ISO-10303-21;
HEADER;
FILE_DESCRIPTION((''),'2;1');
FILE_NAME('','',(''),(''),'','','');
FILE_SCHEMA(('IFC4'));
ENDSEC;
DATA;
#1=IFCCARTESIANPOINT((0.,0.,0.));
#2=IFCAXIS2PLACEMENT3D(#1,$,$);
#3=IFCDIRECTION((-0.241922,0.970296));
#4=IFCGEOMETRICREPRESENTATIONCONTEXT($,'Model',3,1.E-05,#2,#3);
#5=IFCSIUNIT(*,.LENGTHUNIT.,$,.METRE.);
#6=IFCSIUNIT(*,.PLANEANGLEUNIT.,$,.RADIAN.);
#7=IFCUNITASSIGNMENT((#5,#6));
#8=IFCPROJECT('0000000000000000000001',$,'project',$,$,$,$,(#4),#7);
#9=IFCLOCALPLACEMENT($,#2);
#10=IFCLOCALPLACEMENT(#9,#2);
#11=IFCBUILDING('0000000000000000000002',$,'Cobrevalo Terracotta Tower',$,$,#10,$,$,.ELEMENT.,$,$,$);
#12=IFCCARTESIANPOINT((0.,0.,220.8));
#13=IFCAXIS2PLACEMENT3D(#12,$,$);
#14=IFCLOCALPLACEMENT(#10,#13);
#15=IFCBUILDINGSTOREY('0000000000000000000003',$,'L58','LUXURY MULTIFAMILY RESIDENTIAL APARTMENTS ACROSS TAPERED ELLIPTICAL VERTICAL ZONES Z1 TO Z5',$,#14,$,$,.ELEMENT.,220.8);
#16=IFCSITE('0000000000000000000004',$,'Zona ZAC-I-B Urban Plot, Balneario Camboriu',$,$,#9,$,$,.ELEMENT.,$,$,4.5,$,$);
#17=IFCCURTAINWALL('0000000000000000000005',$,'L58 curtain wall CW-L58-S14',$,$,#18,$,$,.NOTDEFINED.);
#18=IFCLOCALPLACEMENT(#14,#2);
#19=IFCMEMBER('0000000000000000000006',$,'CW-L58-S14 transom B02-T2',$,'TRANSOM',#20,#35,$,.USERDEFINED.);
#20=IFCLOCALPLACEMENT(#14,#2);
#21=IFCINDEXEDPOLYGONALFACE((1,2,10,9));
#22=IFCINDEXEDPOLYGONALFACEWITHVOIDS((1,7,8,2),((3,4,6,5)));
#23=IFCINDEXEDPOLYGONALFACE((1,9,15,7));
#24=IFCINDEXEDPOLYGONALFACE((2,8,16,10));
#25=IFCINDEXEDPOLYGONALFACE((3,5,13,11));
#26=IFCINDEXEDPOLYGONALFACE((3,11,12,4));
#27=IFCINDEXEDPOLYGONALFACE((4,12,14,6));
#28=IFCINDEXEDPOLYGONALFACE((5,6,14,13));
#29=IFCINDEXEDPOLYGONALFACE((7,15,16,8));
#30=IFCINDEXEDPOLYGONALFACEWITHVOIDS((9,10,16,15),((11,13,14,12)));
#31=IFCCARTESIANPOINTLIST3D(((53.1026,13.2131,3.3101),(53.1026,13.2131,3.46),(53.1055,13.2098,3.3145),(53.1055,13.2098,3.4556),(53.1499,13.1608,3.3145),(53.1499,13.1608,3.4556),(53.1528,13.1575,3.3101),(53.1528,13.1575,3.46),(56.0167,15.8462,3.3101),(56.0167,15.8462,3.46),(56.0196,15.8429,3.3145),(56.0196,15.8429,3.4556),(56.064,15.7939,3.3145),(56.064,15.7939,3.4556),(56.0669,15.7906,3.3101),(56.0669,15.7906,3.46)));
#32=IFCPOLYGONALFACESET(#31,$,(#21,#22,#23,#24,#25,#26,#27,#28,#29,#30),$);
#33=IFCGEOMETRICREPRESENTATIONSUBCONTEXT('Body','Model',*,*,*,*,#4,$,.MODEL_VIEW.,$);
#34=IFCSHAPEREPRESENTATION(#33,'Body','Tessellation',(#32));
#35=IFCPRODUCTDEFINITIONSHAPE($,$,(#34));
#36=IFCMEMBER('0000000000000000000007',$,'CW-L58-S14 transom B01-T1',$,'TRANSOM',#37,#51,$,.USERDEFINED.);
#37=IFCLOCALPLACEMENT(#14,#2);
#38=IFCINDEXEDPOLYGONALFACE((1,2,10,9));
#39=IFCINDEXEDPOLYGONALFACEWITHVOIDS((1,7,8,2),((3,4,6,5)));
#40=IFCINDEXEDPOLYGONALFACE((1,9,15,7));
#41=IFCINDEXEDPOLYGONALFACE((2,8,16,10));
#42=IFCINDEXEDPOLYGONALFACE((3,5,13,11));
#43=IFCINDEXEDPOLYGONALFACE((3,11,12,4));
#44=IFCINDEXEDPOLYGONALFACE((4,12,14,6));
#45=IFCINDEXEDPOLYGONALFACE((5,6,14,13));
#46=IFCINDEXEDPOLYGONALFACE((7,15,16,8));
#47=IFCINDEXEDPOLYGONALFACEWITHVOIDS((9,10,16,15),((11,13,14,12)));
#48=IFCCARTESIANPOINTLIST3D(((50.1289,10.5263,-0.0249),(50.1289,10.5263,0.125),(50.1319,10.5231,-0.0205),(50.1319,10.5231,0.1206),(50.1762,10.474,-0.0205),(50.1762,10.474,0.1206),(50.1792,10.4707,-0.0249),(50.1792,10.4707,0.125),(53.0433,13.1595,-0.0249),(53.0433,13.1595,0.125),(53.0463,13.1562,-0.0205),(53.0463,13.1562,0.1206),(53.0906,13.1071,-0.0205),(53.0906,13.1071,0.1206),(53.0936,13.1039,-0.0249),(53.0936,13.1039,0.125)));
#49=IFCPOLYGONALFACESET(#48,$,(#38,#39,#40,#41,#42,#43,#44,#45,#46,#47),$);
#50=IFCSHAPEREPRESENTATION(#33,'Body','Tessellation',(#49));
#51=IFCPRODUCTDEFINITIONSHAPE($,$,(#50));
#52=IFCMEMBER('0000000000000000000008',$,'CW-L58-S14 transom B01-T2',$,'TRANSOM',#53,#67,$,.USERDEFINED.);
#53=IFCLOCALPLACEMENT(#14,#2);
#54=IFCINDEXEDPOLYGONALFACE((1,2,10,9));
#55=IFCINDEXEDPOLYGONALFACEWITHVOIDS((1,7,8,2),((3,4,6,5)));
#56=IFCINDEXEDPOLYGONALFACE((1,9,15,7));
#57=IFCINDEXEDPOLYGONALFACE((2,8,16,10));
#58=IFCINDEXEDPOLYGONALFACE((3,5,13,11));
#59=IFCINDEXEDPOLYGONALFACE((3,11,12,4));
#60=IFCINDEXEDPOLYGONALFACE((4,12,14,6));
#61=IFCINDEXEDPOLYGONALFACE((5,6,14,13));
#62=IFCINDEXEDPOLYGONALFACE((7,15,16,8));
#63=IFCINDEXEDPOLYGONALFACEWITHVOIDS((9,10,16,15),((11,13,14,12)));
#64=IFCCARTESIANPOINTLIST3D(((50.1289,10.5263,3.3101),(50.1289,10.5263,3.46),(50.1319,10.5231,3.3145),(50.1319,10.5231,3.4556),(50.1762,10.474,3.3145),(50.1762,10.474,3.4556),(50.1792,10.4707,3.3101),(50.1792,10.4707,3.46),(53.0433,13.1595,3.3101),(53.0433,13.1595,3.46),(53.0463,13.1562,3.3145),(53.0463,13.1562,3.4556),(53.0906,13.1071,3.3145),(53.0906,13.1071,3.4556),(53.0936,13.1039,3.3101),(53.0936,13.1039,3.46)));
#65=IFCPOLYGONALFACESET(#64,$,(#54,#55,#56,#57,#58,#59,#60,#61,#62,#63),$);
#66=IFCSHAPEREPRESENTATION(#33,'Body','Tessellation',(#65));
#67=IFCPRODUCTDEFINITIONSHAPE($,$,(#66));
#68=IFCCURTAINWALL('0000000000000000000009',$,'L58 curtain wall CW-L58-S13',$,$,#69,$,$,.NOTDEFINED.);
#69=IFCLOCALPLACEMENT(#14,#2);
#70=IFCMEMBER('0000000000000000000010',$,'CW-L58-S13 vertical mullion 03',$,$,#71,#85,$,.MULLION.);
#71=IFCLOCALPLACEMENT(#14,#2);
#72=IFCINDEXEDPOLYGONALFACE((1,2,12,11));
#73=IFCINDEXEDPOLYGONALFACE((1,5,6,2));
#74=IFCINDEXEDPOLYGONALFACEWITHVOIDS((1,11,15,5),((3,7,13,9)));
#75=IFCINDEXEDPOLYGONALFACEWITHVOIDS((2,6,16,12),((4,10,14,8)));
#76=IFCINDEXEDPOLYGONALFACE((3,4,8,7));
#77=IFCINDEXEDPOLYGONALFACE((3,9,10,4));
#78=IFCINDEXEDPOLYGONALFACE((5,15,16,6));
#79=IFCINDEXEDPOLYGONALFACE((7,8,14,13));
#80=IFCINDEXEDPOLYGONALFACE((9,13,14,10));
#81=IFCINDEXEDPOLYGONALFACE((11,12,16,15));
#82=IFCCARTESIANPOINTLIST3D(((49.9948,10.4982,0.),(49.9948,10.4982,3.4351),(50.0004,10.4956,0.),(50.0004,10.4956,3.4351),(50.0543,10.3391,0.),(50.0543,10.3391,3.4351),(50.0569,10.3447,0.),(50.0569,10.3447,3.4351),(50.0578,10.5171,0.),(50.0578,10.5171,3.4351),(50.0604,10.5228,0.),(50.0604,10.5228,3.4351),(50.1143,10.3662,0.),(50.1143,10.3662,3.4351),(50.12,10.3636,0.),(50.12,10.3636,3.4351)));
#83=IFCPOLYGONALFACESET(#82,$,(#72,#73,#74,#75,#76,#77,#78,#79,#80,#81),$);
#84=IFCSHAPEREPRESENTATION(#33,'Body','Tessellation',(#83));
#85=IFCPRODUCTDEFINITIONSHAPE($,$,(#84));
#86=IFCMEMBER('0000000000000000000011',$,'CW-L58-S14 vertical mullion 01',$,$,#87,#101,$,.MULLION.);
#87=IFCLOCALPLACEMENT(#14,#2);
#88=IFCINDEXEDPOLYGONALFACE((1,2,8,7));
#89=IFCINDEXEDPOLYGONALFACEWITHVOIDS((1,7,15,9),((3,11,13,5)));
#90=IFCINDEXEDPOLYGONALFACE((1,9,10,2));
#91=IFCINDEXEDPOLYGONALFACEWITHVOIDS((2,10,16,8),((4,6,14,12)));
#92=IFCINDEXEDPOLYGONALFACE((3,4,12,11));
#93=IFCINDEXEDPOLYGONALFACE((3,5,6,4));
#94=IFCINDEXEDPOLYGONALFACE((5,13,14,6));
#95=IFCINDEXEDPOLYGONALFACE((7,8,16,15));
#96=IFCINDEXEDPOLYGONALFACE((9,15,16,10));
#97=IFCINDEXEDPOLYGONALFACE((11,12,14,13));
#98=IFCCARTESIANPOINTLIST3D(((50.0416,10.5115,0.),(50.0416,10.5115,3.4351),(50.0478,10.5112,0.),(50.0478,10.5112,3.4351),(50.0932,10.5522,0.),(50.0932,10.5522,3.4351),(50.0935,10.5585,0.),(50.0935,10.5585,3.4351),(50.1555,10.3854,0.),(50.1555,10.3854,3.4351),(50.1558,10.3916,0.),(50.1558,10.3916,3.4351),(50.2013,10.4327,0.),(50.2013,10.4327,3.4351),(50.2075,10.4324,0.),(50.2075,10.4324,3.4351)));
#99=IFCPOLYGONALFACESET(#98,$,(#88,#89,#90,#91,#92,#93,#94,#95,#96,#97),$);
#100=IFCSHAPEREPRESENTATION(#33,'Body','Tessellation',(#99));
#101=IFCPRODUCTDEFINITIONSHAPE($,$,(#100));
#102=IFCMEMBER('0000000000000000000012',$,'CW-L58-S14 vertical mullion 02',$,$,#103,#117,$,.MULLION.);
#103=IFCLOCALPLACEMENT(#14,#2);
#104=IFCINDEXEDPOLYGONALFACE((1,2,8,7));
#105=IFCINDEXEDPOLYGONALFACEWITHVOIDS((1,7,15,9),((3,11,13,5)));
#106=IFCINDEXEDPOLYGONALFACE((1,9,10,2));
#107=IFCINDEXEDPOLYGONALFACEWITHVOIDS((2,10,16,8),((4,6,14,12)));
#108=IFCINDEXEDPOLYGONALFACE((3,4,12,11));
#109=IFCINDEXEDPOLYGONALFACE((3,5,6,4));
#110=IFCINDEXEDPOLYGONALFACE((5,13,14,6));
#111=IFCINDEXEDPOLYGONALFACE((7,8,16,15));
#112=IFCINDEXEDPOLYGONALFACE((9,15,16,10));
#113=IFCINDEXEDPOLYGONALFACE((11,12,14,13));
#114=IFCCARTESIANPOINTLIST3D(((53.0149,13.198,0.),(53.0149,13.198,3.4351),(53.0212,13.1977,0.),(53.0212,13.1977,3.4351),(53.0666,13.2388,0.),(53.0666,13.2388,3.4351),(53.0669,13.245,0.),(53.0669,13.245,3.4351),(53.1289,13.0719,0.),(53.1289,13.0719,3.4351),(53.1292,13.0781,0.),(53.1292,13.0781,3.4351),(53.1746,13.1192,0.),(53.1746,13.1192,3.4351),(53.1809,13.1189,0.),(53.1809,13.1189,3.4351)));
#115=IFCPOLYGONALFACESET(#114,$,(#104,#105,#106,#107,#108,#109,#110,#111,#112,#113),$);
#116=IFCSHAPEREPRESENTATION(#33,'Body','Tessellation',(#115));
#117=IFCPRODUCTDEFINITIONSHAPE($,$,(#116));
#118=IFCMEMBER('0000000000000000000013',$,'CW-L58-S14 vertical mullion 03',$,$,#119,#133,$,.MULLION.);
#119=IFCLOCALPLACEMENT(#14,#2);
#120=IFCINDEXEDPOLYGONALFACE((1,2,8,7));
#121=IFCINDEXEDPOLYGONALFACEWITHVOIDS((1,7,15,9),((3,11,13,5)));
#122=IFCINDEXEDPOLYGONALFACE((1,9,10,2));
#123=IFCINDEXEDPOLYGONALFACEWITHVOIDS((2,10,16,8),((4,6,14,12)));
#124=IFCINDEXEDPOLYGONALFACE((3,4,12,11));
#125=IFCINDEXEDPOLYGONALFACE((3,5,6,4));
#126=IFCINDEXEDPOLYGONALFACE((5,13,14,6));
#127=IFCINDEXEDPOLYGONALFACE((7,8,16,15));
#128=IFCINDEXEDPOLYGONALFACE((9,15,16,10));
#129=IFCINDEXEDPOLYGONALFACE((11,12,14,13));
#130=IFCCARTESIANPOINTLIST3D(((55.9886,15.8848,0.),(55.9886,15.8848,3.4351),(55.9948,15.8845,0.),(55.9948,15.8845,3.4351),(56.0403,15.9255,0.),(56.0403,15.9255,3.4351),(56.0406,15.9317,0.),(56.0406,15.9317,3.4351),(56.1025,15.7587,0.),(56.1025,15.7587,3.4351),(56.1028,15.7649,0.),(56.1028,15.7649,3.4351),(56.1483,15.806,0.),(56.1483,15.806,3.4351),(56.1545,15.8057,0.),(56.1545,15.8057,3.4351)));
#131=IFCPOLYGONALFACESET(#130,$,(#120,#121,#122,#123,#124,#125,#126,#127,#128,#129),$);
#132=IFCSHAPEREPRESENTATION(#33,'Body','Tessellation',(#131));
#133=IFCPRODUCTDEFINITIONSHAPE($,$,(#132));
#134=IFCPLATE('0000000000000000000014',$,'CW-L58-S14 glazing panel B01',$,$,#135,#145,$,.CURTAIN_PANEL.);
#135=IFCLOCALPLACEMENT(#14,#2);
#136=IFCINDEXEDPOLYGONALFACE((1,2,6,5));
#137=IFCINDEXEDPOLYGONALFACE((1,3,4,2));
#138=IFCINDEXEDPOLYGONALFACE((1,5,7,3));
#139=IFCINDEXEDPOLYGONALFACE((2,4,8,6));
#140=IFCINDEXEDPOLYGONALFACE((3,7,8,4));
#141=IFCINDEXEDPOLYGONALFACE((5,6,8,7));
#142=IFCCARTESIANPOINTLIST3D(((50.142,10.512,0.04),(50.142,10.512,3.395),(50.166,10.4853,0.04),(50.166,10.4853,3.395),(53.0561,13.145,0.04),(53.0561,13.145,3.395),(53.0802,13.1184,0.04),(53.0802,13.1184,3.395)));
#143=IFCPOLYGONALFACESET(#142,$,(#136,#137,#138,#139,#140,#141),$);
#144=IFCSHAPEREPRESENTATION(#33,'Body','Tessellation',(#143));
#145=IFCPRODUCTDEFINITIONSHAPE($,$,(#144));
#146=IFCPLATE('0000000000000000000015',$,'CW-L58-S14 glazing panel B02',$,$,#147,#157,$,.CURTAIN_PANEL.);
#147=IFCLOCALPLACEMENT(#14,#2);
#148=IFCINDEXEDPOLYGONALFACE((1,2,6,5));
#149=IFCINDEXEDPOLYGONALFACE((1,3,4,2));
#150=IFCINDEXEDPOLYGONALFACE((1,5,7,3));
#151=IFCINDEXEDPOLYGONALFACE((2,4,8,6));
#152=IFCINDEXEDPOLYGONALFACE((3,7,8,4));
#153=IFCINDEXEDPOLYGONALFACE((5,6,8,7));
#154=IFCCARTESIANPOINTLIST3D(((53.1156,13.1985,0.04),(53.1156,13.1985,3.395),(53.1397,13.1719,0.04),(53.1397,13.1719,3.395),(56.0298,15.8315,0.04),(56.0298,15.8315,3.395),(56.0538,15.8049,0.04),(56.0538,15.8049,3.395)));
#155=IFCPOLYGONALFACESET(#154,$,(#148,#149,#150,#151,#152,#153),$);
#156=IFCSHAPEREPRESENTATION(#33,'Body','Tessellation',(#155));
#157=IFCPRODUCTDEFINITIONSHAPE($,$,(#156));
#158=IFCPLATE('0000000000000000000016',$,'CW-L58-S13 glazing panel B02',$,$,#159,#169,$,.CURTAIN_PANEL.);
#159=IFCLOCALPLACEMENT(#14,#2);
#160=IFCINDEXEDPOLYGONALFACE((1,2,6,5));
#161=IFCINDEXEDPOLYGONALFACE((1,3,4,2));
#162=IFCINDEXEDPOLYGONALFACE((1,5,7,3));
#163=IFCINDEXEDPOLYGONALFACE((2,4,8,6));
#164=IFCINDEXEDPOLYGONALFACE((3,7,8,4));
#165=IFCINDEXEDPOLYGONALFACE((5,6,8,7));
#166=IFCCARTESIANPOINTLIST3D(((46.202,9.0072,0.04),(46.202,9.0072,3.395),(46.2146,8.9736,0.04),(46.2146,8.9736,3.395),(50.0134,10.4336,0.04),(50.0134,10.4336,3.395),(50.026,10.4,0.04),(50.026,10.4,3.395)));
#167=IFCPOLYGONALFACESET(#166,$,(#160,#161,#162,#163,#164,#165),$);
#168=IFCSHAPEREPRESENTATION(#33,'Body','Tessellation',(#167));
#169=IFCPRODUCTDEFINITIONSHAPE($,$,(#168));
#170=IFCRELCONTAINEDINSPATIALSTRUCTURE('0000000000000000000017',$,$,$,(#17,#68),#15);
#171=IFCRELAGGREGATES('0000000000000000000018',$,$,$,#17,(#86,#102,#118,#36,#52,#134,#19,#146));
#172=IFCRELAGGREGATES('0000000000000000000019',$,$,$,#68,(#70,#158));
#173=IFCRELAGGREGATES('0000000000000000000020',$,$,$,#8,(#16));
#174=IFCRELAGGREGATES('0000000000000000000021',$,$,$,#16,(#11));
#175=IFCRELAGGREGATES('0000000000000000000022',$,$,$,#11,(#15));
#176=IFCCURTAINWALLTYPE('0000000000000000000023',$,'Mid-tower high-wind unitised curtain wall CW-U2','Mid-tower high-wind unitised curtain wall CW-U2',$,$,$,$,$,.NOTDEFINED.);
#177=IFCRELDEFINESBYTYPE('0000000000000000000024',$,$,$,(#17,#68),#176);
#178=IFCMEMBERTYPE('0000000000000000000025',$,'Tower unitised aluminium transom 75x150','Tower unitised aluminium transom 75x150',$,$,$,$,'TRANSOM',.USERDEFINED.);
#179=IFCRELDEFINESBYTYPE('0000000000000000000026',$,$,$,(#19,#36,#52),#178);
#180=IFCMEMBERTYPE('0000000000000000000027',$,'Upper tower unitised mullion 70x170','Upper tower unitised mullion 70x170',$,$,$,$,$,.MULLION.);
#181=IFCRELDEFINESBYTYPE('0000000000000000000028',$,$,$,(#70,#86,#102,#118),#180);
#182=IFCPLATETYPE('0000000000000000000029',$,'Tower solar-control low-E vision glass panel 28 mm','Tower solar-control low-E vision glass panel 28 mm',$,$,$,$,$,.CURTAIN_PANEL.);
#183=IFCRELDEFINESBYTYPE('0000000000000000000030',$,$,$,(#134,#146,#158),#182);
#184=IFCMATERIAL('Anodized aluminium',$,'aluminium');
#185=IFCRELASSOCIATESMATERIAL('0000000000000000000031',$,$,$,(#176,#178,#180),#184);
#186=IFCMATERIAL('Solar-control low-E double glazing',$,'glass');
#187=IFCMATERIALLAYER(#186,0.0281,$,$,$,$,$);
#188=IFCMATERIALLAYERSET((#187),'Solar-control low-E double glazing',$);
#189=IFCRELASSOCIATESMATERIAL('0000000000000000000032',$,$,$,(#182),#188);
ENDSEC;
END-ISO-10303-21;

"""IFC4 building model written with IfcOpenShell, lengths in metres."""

from ifc_helpers import new_model, si_unit, direction, frame, origin, origin_2d, place, context, subcontext, project, spatial, rectangle, hollow_rectangle, extrude, source, transform, mapped, material, layer, layer_set, material_profile, profile_set, type_object, element, aggregate, save


model = new_model("IFC4")

# Units and contexts
model_context = context("Model", 3, precision=1e-05, world=origin(), true_north=direction((-0.241922, 0.970296)))
body_context = subcontext(model_context, "Body", "Model", "MODEL_VIEW")
ifc_project = project(units=[si_unit("LENGTHUNIT", "METRE"), si_unit("PLANEANGLEUNIT", "RADIAN")], contexts=[model_context])

# Site, building, storey
site_placement = place(None, origin())
site = spatial("IfcSite", under=ifc_project, at=site_placement, Name="Zona ZAC-I-B Urban Plot, Balneario Camboriu", CompositionType="ELEMENT", RefElevation=4.5)
building_placement = place(site_placement, origin())
building = spatial("IfcBuilding", under=site, at=building_placement, Name="Cobrevalo Terracotta Tower", CompositionType="ELEMENT")
storey_placement = place(building_placement, frame((0.0, 0.0, 220.8)))
storey = spatial("IfcBuildingStorey", under=building, at=storey_placement, Name="L58", Description="LUXURY MULTIFAMILY RESIDENTIAL APARTMENTS ACROSS TAPERED ELLIPTICAL VERTICAL ZONES Z1 TO Z5", CompositionType="ELEMENT", Elevation=220.8)

# Curtain wall, members
ifc_material_1 = material(Name="Anodized aluminium", Category="aluminium")
curtain_wall_type = type_object("IfcCurtainWallType", Name="Mid-tower high-wind unitised curtain wall CW-U2", Description="Mid-tower high-wind unitised curtain wall CW-U2", PredefinedType="NOTDEFINED", material=ifc_material_1)
curtain_wall_1_placement = place(storey_placement, origin())
curtain_wall_1 = element("IfcCurtainWall", 1, at=curtain_wall_1_placement, inside=storey, type_object=curtain_wall_type, Name="L58 curtain wall CW-L58-S14", PredefinedType="NOTDEFINED")
ifc_material_profile_1 = material_profile(ifc_material_1, hollow_rectangle(XDim=0.075, YDim=0.1499, WallThickness=0.0044, at=origin_2d()), Name="CWT 75x150")
ifc_profile_set_1 = profile_set([ifc_material_profile_1], Name="Anodized aluminium")
member_type_1 = type_object("IfcMemberType", Name="Tower unitised aluminium transom 75x150", Description="Tower unitised aluminium transom 75x150", ElementType="TRANSOM", PredefinedType="USERDEFINED", material=ifc_profile_set_1)
shared_shape_1 = source(origin(), body_context, "Body", "SweptSolid", [
    extrude(hollow_rectangle(XDim=0.075, YDim=0.1499, WallThickness=0.0044, at=origin_2d()), origin(), (0.0, 0.0, 1.0), 3.9275),
])
member_1_placement = place(storey_placement, frame((53.1277, 13.1853, 3.385), z_axis=(0.741976, 0.670426, 0.0), x_axis=(-0.670426, 0.741976, 0.0)))
member_1 = element("IfcMember", 2, at=member_1_placement, type_object=member_type_1, Name="CW-L58-S14 transom B02-T2", ObjectType="TRANSOM", PredefinedType="USERDEFINED", context=body_context, shape_type="MappedRepresentation", body=[
    mapped(shared_shape_1, transform((0.0, 0.0, 0.0), scale=1.0)),
])
shared_shape_2 = source(origin(), body_context, "Body", "SweptSolid", [
    extrude(hollow_rectangle(XDim=0.075, YDim=0.1499, WallThickness=0.0044, at=origin_2d()), origin(), (0.0, 0.0, 1.0), 3.9277),
])
member_2_placement = place(storey_placement, frame((50.1541, 10.4985, 0.05), z_axis=(0.742004, 0.670396, 0.0), x_axis=(-0.670396, 0.742004, 0.0)))
member_2 = element("IfcMember", 3, at=member_2_placement, type_object=member_type_1, Name="CW-L58-S14 transom B01-T1", ObjectType="TRANSOM", PredefinedType="USERDEFINED", context=body_context, shape_type="MappedRepresentation", body=[
    mapped(shared_shape_2, transform((0.0, 0.0, 0.0), scale=1.0)),
])
member_3_placement = place(storey_placement, frame((50.1541, 10.4985, 3.385), z_axis=(0.742004, 0.670396, 0.0), x_axis=(-0.670396, 0.742004, 0.0)))
member_3 = element("IfcMember", 4, at=member_3_placement, type_object=member_type_1, Name="CW-L58-S14 transom B01-T2", ObjectType="TRANSOM", PredefinedType="USERDEFINED", context=body_context, shape_type="MappedRepresentation", body=[
    mapped(shared_shape_2, transform((0.0, 0.0, 0.0), scale=1.0)),
])

# Curtain wall, member
curtain_wall_2_placement = place(storey_placement, origin())
curtain_wall_2 = element("IfcCurtainWall", 5, at=curtain_wall_2_placement, inside=storey, type_object=curtain_wall_type, Name="L58 curtain wall CW-L58-S13", PredefinedType="NOTDEFINED")
ifc_material_profile_2 = material_profile(ifc_material_1, hollow_rectangle(XDim=0.0701, YDim=0.1699, WallThickness=0.0044, at=origin_2d()), Name="CWM 70x170")
ifc_profile_set_2 = profile_set([ifc_material_profile_2], Name="Anodized aluminium")
member_type_2 = type_object("IfcMemberType", Name="Upper tower unitised mullion 70x170", Description="Upper tower unitised mullion 70x170", PredefinedType="MULLION", material=ifc_profile_set_2)
shared_shape_3 = source(origin(), body_context, "Body", "SweptSolid", [
    extrude(hollow_rectangle(XDim=0.0701, YDim=0.1699, WallThickness=0.0044, at=origin_2d()), origin(), (0.0, 0.0, 1.0), 3.4351),
])
member_4_placement = place(storey_placement, frame((50.0574, 10.4309, 0.0), z_axis=(0.0, 0.0, 1.0), x_axis=(0.936556, 0.350518, 0.0)))
member_4 = element("IfcMember", 6, at=member_4_placement, type_object=member_type_2, Name="CW-L58-S13 vertical mullion 03", PredefinedType="MULLION", context=body_context, shape_type="MappedRepresentation", body=[
    mapped(shared_shape_3, transform((0.0, 0.0, 0.0), scale=1.0)),
])

# Members
member_5_placement = place(storey_placement, frame((50.1245, 10.4719, 0.0), z_axis=(0.0, 0.0, 1.0), x_axis=(0.741988, 0.670414, 0.0)))
member_5 = element("IfcMember", 7, at=member_5_placement, type_object=member_type_2, Name="CW-L58-S14 vertical mullion 01", PredefinedType="MULLION", context=body_context, shape_type="MappedRepresentation", body=[
    mapped(shared_shape_3, transform((0.0, 0.0, 0.0), scale=1.0)),
])
member_6_placement = place(storey_placement, frame((53.0979, 13.1584, 0.0), z_axis=(0.0, 0.0, 1.0), x_axis=(0.741988, 0.670414, 0.0)))
member_6 = element("IfcMember", 8, at=member_6_placement, type_object=member_type_2, Name="CW-L58-S14 vertical mullion 02", PredefinedType="MULLION", context=body_context, shape_type="MappedRepresentation", body=[
    mapped(shared_shape_3, transform((0.0, 0.0, 0.0), scale=1.0)),
])
member_7_placement = place(storey_placement, frame((56.0715, 15.8452, 0.0), z_axis=(0.0, 0.0, 1.0), x_axis=(0.741988, 0.670414, 0.0)))
member_7 = element("IfcMember", 9, at=member_7_placement, type_object=member_type_2, Name="CW-L58-S14 vertical mullion 03", PredefinedType="MULLION", context=body_context, shape_type="MappedRepresentation", body=[
    mapped(shared_shape_3, transform((0.0, 0.0, 0.0), scale=1.0)),
])

# Plates
ifc_material_2 = material(Name="Solar-control low-E double glazing", Category="glass")
ifc_layer_1 = layer(ifc_material_2, 0.0281)
ifc_layer_set_1 = layer_set([ifc_layer_1], Name="Solar-control low-E double glazing")
plate_type = type_object("IfcPlateType", Name="Tower solar-control low-E vision glass panel 28 mm", Description="Tower solar-control low-E vision glass panel 28 mm", PredefinedType="CURTAIN_PANEL", material=ifc_layer_set_1)
shared_shape_4 = source(origin(), body_context, "Body", "SweptSolid", [
    extrude(rectangle(XDim=3.9275, YDim=0.0359, at=origin_2d()), origin(), (0.0, 0.0, 1.0), 3.355),
])
plate_1_placement = place(storey_placement, frame((51.6111, 11.8152, 0.04), z_axis=(0.0, 0.0, 1.0), x_axis=(0.741988, 0.670414, 0.0)))
plate_1 = element("IfcPlate", 10, at=plate_1_placement, type_object=plate_type, Name="CW-L58-S14 glazing panel B01", PredefinedType="CURTAIN_PANEL", context=body_context, shape_type="MappedRepresentation", body=[
    mapped(shared_shape_4, transform((0.0, 0.0, 0.0), scale=1.0)),
])
plate_2_placement = place(storey_placement, frame((54.5847, 14.5017, 0.04), z_axis=(0.0, 0.0, 1.0), x_axis=(0.741988, 0.670414, 0.0)))
plate_2 = element("IfcPlate", 11, at=plate_2_placement, type_object=plate_type, Name="CW-L58-S14 glazing panel B02", PredefinedType="CURTAIN_PANEL", context=body_context, shape_type="MappedRepresentation", body=[
    mapped(shared_shape_4, transform((0.0, 0.0, 0.0), scale=1.0)),
])
aggregate(curtain_wall_1, [member_5, member_6, member_7, member_2, member_3, plate_1, member_1, plate_2])
shared_shape_5 = source(origin(), body_context, "Body", "SweptSolid", [
    extrude(rectangle(XDim=4.0696, YDim=0.0359, at=origin_2d()), origin(), (0.0, 0.0, 1.0), 3.355),
])
plate_3_placement = place(storey_placement, frame((48.114, 9.7036, 0.04), z_axis=(0.0, 0.0, 1.0), x_axis=(0.936558, 0.350513, 0.0)))
plate_3 = element("IfcPlate", 12, at=plate_3_placement, type_object=plate_type, Name="CW-L58-S13 glazing panel B02", PredefinedType="CURTAIN_PANEL", context=body_context, shape_type="MappedRepresentation", body=[
    mapped(shared_shape_5, transform((0.0, 0.0, 0.0), scale=1.0)),
])
aggregate(curtain_wall_2, [member_4, plate_3])

save(model, "model.ifc")
